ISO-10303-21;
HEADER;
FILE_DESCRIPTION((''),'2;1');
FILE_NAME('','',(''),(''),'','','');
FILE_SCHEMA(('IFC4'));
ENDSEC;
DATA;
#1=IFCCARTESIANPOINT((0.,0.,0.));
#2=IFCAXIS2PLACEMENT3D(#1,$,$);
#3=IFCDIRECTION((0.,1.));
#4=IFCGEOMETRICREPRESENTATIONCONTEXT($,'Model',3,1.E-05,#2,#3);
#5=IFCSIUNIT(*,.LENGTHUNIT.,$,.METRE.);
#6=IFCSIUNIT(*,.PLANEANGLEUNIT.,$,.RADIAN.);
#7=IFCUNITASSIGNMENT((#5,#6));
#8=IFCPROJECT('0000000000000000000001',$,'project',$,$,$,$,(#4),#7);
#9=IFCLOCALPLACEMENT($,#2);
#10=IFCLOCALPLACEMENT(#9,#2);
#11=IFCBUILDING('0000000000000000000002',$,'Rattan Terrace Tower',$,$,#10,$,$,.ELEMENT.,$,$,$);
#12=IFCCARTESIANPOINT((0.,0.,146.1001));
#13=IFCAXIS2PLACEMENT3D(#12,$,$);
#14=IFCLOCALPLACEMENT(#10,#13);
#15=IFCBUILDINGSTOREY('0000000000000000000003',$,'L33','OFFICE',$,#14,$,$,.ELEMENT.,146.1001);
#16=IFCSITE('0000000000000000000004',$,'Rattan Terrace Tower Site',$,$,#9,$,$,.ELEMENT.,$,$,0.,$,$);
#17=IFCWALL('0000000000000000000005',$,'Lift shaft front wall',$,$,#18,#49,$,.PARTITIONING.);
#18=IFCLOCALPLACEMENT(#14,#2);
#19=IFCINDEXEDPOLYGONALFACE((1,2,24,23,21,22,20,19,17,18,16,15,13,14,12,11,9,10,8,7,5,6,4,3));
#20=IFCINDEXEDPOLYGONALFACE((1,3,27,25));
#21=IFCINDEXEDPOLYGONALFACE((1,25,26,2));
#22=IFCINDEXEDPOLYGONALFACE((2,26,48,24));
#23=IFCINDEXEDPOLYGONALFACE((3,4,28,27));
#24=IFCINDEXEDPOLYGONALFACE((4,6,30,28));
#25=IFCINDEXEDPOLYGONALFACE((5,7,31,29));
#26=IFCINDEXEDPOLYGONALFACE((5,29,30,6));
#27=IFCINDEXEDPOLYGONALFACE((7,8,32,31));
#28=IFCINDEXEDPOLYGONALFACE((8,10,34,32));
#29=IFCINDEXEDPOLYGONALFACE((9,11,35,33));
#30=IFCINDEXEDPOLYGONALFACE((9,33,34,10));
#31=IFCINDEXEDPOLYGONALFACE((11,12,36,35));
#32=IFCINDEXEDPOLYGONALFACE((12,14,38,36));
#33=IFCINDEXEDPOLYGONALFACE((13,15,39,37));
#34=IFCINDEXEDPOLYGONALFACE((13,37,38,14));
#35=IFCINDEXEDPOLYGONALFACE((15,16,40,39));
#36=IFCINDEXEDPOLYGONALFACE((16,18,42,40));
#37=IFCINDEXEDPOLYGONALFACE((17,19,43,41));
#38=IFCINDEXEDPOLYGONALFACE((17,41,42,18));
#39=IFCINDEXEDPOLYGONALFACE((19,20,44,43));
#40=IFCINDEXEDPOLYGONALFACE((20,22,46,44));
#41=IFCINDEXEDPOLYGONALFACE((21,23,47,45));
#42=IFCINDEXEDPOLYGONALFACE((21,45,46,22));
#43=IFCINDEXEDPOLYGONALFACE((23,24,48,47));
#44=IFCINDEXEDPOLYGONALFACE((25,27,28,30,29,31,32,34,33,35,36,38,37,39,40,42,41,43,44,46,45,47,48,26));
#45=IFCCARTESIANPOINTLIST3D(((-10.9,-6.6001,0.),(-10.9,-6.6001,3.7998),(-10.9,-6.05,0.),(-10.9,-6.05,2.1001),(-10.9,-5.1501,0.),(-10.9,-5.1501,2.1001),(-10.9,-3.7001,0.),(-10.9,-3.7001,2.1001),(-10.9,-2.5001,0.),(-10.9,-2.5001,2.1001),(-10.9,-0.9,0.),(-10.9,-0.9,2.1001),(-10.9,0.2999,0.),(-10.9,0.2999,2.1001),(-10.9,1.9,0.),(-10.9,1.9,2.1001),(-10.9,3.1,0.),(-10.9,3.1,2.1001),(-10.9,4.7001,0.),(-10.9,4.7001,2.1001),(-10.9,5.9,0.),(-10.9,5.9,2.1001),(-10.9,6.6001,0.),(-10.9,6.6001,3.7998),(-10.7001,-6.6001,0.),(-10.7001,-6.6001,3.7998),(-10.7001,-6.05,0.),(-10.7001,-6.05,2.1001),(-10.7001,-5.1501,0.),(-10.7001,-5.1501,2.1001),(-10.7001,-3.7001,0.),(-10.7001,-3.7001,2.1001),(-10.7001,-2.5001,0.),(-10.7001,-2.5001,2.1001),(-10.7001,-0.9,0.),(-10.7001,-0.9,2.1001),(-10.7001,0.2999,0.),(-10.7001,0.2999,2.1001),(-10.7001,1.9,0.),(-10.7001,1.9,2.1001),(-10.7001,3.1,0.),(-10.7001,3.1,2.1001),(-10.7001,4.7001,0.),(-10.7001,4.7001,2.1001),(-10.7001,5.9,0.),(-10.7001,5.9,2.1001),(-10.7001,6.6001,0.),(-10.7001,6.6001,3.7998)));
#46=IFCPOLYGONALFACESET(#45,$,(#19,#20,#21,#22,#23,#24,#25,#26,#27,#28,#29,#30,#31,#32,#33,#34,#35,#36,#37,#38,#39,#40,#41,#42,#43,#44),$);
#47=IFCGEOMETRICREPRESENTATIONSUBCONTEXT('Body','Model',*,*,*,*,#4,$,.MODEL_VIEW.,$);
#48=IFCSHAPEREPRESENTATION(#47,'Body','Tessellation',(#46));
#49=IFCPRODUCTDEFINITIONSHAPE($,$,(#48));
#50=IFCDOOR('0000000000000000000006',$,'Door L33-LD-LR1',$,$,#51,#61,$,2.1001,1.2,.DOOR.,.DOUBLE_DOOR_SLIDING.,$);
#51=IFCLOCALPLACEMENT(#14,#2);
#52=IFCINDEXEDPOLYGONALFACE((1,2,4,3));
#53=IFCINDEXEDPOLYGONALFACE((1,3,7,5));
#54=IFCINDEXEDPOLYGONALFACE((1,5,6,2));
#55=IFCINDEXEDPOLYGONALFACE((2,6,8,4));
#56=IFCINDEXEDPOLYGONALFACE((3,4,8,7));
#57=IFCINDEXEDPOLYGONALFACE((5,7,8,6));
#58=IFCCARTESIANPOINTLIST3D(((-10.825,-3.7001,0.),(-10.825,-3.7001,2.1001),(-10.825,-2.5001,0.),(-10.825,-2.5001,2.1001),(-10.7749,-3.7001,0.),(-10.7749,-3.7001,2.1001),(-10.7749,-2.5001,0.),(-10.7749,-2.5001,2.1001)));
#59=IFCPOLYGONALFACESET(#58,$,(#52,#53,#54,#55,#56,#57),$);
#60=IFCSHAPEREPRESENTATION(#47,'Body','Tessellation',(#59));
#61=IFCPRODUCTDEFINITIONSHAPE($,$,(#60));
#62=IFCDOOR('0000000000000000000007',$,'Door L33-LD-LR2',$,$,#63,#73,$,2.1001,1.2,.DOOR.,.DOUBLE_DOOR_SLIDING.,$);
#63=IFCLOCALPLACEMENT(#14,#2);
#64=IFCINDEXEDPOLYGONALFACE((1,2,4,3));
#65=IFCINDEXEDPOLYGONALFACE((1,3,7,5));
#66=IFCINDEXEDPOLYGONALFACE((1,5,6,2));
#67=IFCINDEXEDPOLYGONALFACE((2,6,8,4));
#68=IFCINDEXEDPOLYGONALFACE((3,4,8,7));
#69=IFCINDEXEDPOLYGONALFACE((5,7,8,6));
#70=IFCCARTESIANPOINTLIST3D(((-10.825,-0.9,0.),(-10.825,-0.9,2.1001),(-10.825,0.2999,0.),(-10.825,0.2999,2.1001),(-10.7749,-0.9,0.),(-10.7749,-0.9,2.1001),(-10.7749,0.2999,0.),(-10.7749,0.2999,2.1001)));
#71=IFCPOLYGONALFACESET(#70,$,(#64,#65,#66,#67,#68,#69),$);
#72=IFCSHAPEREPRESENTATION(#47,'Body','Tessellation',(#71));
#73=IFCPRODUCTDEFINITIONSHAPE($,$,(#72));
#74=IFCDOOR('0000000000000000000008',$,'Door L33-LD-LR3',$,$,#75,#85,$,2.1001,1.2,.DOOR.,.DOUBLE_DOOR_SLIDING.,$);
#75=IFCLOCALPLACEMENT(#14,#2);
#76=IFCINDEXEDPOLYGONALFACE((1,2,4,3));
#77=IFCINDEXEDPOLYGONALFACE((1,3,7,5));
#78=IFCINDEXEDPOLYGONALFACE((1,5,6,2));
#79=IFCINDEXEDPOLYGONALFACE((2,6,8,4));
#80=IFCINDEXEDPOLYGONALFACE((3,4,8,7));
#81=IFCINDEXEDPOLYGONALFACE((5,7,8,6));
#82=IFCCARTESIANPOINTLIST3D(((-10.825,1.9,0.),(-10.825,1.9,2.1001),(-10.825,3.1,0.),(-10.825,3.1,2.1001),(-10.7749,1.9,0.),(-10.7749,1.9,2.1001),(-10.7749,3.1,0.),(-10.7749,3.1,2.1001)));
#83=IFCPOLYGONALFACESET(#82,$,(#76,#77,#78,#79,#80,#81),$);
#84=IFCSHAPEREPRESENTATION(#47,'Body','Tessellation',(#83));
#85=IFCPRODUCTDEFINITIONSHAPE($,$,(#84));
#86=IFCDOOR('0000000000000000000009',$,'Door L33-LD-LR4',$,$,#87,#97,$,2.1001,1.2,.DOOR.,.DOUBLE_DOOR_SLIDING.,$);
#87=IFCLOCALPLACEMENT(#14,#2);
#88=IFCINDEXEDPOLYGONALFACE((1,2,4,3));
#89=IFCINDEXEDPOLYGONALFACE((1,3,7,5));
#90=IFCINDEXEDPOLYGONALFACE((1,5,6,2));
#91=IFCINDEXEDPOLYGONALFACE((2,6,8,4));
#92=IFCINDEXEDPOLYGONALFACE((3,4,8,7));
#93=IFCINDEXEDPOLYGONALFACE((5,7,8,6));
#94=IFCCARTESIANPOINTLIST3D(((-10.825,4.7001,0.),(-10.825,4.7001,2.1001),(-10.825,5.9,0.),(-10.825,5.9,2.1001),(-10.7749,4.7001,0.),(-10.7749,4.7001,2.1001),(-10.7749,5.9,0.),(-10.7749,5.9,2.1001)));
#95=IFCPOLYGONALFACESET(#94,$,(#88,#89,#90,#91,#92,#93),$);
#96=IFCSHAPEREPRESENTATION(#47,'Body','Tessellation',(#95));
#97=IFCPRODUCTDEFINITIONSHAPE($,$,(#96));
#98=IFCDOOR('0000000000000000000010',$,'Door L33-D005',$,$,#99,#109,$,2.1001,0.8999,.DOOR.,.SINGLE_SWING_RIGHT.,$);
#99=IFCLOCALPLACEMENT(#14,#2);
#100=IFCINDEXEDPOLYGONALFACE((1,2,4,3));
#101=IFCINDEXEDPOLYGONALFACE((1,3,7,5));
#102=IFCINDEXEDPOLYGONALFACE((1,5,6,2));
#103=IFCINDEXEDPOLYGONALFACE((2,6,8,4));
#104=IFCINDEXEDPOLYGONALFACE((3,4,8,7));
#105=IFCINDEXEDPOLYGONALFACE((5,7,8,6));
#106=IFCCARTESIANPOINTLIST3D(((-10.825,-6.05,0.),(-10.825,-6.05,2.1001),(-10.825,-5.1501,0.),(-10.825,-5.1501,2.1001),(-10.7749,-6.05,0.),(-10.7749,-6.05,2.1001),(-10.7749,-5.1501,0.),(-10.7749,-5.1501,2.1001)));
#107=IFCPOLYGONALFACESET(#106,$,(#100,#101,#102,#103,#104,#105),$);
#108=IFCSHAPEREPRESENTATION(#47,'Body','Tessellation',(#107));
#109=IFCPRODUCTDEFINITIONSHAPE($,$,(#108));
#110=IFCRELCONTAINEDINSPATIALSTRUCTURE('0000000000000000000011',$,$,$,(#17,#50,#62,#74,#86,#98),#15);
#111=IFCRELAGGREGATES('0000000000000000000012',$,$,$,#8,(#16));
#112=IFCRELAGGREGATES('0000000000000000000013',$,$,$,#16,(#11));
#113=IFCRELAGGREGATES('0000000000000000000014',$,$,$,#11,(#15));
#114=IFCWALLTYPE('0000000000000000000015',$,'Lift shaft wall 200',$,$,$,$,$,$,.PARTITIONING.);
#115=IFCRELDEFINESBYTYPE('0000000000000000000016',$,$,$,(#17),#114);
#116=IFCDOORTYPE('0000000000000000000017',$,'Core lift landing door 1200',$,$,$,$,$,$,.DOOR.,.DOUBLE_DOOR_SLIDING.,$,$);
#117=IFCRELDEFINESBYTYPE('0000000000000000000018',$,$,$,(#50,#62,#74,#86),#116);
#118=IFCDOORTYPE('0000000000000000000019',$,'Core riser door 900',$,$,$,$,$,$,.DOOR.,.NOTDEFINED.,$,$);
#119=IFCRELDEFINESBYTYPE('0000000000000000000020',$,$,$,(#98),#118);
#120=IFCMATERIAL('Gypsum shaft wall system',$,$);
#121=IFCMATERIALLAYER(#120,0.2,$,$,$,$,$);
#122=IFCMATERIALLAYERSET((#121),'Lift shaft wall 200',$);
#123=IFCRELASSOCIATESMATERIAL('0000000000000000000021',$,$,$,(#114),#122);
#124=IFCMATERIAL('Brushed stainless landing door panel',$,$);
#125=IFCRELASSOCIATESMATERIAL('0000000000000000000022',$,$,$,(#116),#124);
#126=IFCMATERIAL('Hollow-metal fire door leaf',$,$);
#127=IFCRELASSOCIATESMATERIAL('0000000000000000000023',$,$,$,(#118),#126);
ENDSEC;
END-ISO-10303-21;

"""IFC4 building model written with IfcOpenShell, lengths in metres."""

from ifc_helpers import new_model, si_unit, direction, frame, frame_2d, origin, place, context, subcontext, project, spatial, rectangle, extrude, material, layer, layer_set, type_object, element, fill, save


model = new_model("IFC4")

# Units and contexts
model_context = context("Model", 3, precision=1e-05, world=origin(), true_north=direction((0.0, 1.0)))
body_context = subcontext(model_context, "Body", "Model", "MODEL_VIEW")
ifc_project = project(units=[si_unit("LENGTHUNIT", "METRE"), si_unit("PLANEANGLEUNIT", "RADIAN")], contexts=[model_context])

# Site, building, storey
site_placement = place(None, origin())
site = spatial("IfcSite", under=ifc_project, at=site_placement, Name="Rattan Terrace Tower Site", CompositionType="ELEMENT", RefElevation=0.0)
building_placement = place(site_placement, origin())
building = spatial("IfcBuilding", under=site, at=building_placement, Name="Rattan Terrace Tower", CompositionType="ELEMENT")
storey_placement = place(building_placement, frame((0.0, 0.0, 146.1001)))
storey = spatial("IfcBuildingStorey", under=building, at=storey_placement, Name="L33", Description="OFFICE", CompositionType="ELEMENT", Elevation=146.1001)

# Wall, openings, doors
ifc_material_1 = material(Name="Gypsum shaft wall system")
ifc_layer_1 = layer(ifc_material_1, 0.2)
ifc_layer_set_1 = layer_set([ifc_layer_1], Name="Lift shaft wall 200")
wall_type_1 = type_object("IfcWallType", Name="Lift shaft wall 200", PredefinedType="PARTITIONING", material=ifc_layer_set_1)
wall_1_placement = place(storey_placement, frame((-10.8, -6.6001, 0.0), z_axis=(0.0, 0.0, 1.0), x_axis=(0.0, 1.0, 0.0)))
wall_1 = element("IfcWall", 1, at=wall_1_placement, inside=storey, type_object=wall_type_1, Name="Lift shaft front wall", PredefinedType="PARTITIONING", context=body_context, shape_type="SweptSolid", body=[
    extrude(rectangle(XDim=13.2002, YDim=0.2, at=frame_2d((6.6001, 0.0))), origin(), (0.0, 0.0, 1.0), 3.7998),
])
opening_1_placement = place(wall_1_placement, frame((0.55, 0.0, 0.0)))
opening_1 = element("IfcOpeningElement", 2, at=opening_1_placement, cuts=wall_1, PredefinedType="OPENING", context=body_context, shape_type="SweptSolid", body=[
    extrude(rectangle(XDim=0.8999, YDim=2.1001, at=frame_2d((0.45, 1.05))), frame((0.0, 0.1106, 0.0), z_axis=(0.0, -1.0, 0.0), x_axis=(1.0, 0.0, 0.0)), (0.0, 0.0, 1.0), 0.2209),
])
opening_2_placement = place(wall_1_placement, frame((2.8999, 0.0, 0.0)))
opening_2 = element("IfcOpeningElement", 3, at=opening_2_placement, cuts=wall_1, PredefinedType="OPENING", context=body_context, shape_type="SweptSolid", body=[
    extrude(rectangle(XDim=1.2, YDim=2.1001, at=frame_2d((0.6001, 1.05))), frame((0.0, 0.1106, 0.0), z_axis=(0.0, -1.0, 0.0), x_axis=(1.0, 0.0, 0.0)), (0.0, 0.0, 1.0), 0.2209),
])
opening_3_placement = place(wall_1_placement, frame((5.7, 0.0, 0.0)))
opening_3 = element("IfcOpeningElement", 4, at=opening_3_placement, cuts=wall_1, PredefinedType="OPENING", context=body_context, shape_type="SweptSolid", body=[
    extrude(rectangle(XDim=1.2, YDim=2.1001, at=frame_2d((0.6001, 1.05))), frame((0.0, 0.1106, 0.0), z_axis=(0.0, -1.0, 0.0), x_axis=(1.0, 0.0, 0.0)), (0.0, 0.0, 1.0), 0.2209),
])
opening_4_placement = place(wall_1_placement, frame((8.5, 0.0, 0.0)))
opening_4 = element("IfcOpeningElement", 5, at=opening_4_placement, cuts=wall_1, PredefinedType="OPENING", context=body_context, shape_type="SweptSolid", body=[
    extrude(rectangle(XDim=1.2, YDim=2.1001, at=frame_2d((0.6001, 1.05))), frame((0.0, 0.1106, 0.0), z_axis=(0.0, -1.0, 0.0), x_axis=(1.0, 0.0, 0.0)), (0.0, 0.0, 1.0), 0.2209),
])
opening_5_placement = place(wall_1_placement, frame((11.3, 0.0, 0.0)))
opening_5 = element("IfcOpeningElement", 6, at=opening_5_placement, cuts=wall_1, PredefinedType="OPENING", context=body_context, shape_type="SweptSolid", body=[
    extrude(rectangle(XDim=1.2, YDim=2.1001, at=frame_2d((0.6001, 1.05))), frame((0.0, 0.1106, 0.0), z_axis=(0.0, -1.0, 0.0), x_axis=(1.0, 0.0, 0.0)), (0.0, 0.0, 1.0), 0.2209),
])
ifc_material_2 = material(Name="Brushed stainless landing door panel")
door_type_1 = type_object("IfcDoorType", Name="Core lift landing door 1200", OperationType="DOUBLE_DOOR_SLIDING", PredefinedType="DOOR", material=ifc_material_2)
door_1_placement = place(opening_2_placement, origin())
door_1 = element("IfcDoor", 7, at=door_1_placement, inside=storey, type_object=door_type_1, Name="Door L33-LD-LR1", OperationType="DOUBLE_DOOR_SLIDING", OverallHeight=2.1001, OverallWidth=1.2, PredefinedType="DOOR", context=body_context, shape_type="SweptSolid", body=[
    extrude(rectangle(XDim=1.2, YDim=2.1001, at=frame_2d((0.6001, 1.05))), frame((0.0, 0.0249, 0.0), z_axis=(0.0, -1.0, 0.0), x_axis=(1.0, 0.0, 0.0)), (0.0, 0.0, 1.0), 0.05),
])
fill(opening_2, door_1)
door_2_placement = place(opening_3_placement, origin())
door_2 = element("IfcDoor", 8, at=door_2_placement, inside=storey, type_object=door_type_1, Name="Door L33-LD-LR2", OperationType="DOUBLE_DOOR_SLIDING", OverallHeight=2.1001, OverallWidth=1.2, PredefinedType="DOOR", context=body_context, shape_type="SweptSolid", body=[
    extrude(rectangle(XDim=1.2, YDim=2.1001, at=frame_2d((0.6001, 1.05))), frame((0.0, 0.0249, 0.0), z_axis=(0.0, -1.0, 0.0), x_axis=(1.0, 0.0, 0.0)), (0.0, 0.0, 1.0), 0.05),
])
fill(opening_3, door_2)
door_3_placement = place(opening_4_placement, origin())
door_3 = element("IfcDoor", 9, at=door_3_placement, inside=storey, type_object=door_type_1, Name="Door L33-LD-LR3", OperationType="DOUBLE_DOOR_SLIDING", OverallHeight=2.1001, OverallWidth=1.2, PredefinedType="DOOR", context=body_context, shape_type="SweptSolid", body=[
    extrude(rectangle(XDim=1.2, YDim=2.1001, at=frame_2d((0.6001, 1.05))), frame((0.0, 0.0249, 0.0), z_axis=(0.0, -1.0, 0.0), x_axis=(1.0, 0.0, 0.0)), (0.0, 0.0, 1.0), 0.05),
])
fill(opening_4, door_3)
door_4_placement = place(opening_5_placement, origin())
door_4 = element("IfcDoor", 10, at=door_4_placement, inside=storey, type_object=door_type_1, Name="Door L33-LD-LR4", OperationType="DOUBLE_DOOR_SLIDING", OverallHeight=2.1001, OverallWidth=1.2, PredefinedType="DOOR", context=body_context, shape_type="SweptSolid", body=[
    extrude(rectangle(XDim=1.2, YDim=2.1001, at=frame_2d((0.6001, 1.05))), frame((0.0, 0.0249, 0.0), z_axis=(0.0, -1.0, 0.0), x_axis=(1.0, 0.0, 0.0)), (0.0, 0.0, 1.0), 0.05),
])
fill(opening_5, door_4)
ifc_material_3 = material(Name="Hollow-metal fire door leaf")
door_type_2 = type_object("IfcDoorType", Name="Core riser door 900", OperationType="NOTDEFINED", PredefinedType="DOOR", material=ifc_material_3)
door_5_placement = place(opening_1_placement, origin())
door_5 = element("IfcDoor", 11, at=door_5_placement, inside=storey, type_object=door_type_2, Name="Door L33-D005", OperationType="SINGLE_SWING_RIGHT", OverallHeight=2.1001, OverallWidth=0.8999, PredefinedType="DOOR", context=body_context, shape_type="SweptSolid", body=[
    extrude(rectangle(XDim=0.8999, YDim=2.1001, at=frame_2d((0.45, 1.05))), frame((0.0, 0.0249, 0.0), z_axis=(0.0, -1.0, 0.0), x_axis=(1.0, 0.0, 0.0)), (0.0, 0.0, 1.0), 0.05),
])
fill(opening_1, door_5)

save(model, "model.ifc")
